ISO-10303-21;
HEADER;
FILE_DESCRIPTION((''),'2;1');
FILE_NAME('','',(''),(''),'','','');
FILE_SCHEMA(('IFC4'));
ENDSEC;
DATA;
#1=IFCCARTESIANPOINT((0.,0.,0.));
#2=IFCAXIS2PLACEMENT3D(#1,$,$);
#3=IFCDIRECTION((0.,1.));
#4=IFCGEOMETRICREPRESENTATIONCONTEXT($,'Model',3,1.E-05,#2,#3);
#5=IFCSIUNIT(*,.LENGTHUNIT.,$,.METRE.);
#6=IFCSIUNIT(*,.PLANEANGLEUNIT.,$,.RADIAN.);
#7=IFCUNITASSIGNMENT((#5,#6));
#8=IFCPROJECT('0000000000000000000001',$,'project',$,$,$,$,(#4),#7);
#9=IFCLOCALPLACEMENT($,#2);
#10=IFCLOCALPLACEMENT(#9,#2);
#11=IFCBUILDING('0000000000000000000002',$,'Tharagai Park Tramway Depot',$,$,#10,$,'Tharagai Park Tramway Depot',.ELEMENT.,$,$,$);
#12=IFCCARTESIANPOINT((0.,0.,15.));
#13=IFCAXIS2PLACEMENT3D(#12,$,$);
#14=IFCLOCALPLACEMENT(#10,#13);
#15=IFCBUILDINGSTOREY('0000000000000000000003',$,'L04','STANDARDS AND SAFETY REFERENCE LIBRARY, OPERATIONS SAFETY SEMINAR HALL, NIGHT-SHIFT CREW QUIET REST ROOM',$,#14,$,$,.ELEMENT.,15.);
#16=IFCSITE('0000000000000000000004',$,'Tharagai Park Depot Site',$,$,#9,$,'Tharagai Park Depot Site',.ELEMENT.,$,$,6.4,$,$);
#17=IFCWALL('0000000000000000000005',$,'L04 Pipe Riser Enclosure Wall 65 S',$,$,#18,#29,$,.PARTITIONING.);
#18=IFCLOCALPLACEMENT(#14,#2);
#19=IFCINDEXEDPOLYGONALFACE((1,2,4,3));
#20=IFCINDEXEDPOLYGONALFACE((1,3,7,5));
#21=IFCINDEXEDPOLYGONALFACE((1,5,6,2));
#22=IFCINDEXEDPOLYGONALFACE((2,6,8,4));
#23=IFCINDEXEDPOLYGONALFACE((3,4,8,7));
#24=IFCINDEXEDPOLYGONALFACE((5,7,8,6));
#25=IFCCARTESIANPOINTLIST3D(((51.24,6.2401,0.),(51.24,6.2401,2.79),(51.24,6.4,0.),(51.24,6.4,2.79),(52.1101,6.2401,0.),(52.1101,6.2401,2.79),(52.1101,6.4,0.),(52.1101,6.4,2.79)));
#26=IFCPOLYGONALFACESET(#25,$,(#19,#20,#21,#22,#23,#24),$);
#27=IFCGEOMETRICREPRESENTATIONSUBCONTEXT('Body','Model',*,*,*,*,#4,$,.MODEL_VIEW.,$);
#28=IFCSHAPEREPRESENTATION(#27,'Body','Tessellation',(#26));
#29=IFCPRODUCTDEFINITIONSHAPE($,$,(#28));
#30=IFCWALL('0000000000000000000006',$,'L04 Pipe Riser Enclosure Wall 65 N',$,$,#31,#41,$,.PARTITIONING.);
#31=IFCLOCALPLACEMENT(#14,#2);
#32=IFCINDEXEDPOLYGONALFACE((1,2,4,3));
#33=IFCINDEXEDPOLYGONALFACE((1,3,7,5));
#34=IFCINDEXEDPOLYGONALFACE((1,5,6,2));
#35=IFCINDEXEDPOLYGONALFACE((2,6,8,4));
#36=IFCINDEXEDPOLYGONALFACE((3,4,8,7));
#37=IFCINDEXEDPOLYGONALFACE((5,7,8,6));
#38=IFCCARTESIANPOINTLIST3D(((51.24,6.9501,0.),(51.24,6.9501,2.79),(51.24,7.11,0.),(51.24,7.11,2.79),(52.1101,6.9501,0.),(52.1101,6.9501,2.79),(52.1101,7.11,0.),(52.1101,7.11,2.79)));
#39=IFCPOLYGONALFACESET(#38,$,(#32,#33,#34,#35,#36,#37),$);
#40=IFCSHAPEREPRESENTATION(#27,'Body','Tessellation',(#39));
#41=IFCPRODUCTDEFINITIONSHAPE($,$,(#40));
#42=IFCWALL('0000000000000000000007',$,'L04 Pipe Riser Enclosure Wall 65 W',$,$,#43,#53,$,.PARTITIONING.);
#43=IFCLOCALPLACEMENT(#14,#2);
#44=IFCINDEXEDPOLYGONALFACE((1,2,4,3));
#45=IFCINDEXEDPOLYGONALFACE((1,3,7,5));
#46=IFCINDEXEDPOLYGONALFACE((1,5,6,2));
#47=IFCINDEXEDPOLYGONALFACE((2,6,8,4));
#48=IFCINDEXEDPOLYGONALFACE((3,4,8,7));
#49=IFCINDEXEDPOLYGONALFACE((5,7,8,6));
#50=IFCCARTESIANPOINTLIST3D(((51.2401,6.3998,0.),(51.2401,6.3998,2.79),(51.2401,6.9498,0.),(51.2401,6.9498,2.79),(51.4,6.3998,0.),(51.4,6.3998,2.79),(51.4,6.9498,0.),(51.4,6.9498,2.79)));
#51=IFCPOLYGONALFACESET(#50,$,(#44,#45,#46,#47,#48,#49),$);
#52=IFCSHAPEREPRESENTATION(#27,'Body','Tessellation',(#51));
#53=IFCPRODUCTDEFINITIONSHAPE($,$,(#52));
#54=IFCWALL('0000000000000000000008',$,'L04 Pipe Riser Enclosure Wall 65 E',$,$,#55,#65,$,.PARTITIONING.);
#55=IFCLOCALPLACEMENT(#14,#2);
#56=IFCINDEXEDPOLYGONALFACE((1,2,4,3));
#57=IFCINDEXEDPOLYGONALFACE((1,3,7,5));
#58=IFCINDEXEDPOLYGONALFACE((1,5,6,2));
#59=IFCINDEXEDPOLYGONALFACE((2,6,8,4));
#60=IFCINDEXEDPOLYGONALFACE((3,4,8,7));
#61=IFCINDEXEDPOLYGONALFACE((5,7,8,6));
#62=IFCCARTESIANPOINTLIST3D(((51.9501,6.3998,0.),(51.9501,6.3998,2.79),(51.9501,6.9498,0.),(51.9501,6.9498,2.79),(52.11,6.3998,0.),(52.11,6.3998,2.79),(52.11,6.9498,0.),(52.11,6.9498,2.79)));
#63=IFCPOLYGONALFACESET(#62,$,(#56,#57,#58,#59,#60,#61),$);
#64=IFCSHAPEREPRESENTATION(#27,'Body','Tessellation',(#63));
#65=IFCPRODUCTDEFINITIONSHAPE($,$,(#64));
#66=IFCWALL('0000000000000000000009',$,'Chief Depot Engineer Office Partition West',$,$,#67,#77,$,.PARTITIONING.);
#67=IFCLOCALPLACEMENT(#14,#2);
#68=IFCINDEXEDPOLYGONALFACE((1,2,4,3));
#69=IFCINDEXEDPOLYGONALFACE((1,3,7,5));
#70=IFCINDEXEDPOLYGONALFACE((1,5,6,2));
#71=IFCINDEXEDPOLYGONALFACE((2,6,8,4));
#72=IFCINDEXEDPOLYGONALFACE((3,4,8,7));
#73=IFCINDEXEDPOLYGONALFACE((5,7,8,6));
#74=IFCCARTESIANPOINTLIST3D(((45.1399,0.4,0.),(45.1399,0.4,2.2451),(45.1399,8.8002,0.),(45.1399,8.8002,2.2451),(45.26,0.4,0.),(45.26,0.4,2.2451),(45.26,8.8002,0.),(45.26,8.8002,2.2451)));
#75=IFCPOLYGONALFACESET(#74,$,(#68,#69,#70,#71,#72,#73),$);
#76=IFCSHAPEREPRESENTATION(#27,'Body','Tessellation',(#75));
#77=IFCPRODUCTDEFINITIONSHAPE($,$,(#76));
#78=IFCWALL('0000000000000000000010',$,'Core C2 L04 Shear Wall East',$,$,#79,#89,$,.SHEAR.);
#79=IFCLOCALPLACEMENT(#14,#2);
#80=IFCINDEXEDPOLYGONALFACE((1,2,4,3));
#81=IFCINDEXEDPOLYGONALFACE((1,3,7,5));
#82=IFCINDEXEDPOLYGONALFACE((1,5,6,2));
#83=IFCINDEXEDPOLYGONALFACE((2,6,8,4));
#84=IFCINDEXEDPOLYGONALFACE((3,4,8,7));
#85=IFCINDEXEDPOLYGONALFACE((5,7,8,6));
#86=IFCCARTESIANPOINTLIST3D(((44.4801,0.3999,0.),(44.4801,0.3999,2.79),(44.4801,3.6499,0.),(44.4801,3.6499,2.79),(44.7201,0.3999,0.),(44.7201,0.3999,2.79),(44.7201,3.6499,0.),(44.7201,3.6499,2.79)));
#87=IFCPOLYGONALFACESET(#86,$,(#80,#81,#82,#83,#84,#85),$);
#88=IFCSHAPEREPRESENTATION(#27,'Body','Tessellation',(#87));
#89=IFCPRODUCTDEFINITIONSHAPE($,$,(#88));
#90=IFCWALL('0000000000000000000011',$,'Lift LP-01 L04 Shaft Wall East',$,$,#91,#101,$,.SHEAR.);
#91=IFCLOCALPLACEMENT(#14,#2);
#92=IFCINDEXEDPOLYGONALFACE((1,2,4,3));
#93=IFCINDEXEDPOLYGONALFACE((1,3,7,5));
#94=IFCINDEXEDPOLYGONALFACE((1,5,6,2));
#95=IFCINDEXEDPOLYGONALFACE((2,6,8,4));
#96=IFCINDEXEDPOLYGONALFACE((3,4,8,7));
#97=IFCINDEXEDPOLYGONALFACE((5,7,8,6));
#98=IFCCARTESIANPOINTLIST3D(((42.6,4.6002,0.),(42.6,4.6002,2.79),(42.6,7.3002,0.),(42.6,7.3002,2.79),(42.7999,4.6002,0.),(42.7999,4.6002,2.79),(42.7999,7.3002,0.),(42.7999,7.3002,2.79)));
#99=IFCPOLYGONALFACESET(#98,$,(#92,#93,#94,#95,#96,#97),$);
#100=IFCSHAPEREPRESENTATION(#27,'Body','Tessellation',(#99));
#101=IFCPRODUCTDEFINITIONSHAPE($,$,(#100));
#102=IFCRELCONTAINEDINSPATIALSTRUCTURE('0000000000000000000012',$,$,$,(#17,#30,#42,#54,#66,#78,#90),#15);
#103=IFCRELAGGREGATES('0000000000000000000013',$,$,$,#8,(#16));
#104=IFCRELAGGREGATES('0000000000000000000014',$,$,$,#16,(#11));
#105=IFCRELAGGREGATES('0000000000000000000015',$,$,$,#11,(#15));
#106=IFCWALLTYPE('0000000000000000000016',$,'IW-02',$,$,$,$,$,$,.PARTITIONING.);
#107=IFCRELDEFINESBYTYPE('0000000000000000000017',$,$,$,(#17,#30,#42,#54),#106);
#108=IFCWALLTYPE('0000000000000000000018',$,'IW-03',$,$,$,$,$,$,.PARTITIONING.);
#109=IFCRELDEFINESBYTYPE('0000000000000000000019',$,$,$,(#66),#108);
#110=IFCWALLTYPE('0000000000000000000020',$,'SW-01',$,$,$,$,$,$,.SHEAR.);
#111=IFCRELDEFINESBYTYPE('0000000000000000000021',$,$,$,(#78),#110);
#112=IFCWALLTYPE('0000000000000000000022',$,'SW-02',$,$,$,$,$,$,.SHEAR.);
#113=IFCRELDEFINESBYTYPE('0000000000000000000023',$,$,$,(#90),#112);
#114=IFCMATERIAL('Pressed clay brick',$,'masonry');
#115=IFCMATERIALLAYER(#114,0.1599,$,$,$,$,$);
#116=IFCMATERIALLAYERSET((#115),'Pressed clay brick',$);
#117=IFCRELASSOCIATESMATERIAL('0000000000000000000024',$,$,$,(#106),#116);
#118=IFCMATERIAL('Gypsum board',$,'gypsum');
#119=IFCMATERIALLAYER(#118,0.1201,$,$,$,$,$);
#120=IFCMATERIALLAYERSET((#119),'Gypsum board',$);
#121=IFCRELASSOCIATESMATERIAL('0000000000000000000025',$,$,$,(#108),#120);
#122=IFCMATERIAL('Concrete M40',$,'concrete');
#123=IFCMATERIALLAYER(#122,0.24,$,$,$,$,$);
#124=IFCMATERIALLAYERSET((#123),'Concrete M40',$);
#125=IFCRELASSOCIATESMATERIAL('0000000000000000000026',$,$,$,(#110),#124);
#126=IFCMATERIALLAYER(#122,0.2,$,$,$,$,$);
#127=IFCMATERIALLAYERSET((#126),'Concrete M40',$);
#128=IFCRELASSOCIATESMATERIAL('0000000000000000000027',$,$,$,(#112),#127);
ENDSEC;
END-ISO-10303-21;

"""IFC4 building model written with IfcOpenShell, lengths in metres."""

from ifc_helpers import new_model, si_unit, direction, frame, frame_2d, origin, place, context, subcontext, project, spatial, rectangle, extrude, material, layer, layer_set, type_object, element, save


model = new_model("IFC4")

# Units and contexts
model_context = context("Model", 3, precision=1e-05, world=origin(), true_north=direction((0.0, 1.0)))
body_context = subcontext(model_context, "Body", "Model", "MODEL_VIEW")
ifc_project = project(units=[si_unit("LENGTHUNIT", "METRE"), si_unit("PLANEANGLEUNIT", "RADIAN")], contexts=[model_context])

# Site, building, storey
site_placement = place(None, origin())
site = spatial("IfcSite", under=ifc_project, at=site_placement, Name="Tharagai Park Depot Site", LongName="Tharagai Park Depot Site", CompositionType="ELEMENT", RefElevation=6.4)
building_placement = place(site_placement, origin())
building = spatial("IfcBuilding", under=site, at=building_placement, Name="Tharagai Park Tramway Depot", LongName="Tharagai Park Tramway Depot", CompositionType="ELEMENT")
storey_placement = place(building_placement, frame((0.0, 0.0, 15.0)))
storey = spatial("IfcBuildingStorey", under=building, at=storey_placement, Name="L04", Description="STANDARDS AND SAFETY REFERENCE LIBRARY, OPERATIONS SAFETY SEMINAR HALL, NIGHT-SHIFT CREW QUIET REST ROOM", CompositionType="ELEMENT", Elevation=15.0)

# Shared definitions
ifc_material_1 = material(Name="Concrete M40", Category="concrete")

# Shared definitions
ifc_material_2 = material(Name="Pressed clay brick", Category="masonry")

# Walls
ifc_layer_1 = layer(ifc_material_2, 0.1599)
ifc_layer_set_1 = layer_set([ifc_layer_1], Name="Pressed clay brick")
wall_type_1 = type_object("IfcWallType", Name="IW-02", PredefinedType="PARTITIONING", material=ifc_layer_set_1)
for number, where, z_axis, x_axis, name in (
    (1, (51.24, 6.3201, 0.0), (0.0, 0.0, 1.0), (1.0, 0.0, 0.0), "L04 Pipe Riser Enclosure Wall 65 S"),
    (2, (51.24, 7.03, 0.0), (0.0, 0.0, 1.0), (1.0, 0.0, 0.0), "L04 Pipe Riser Enclosure Wall 65 N"),
):
    element("IfcWall", number, at=place(storey_placement, frame(where, z_axis=z_axis, x_axis=x_axis)), inside=storey, type_object=wall_type_1, Name=name, PredefinedType="PARTITIONING", context=body_context, shape_type="SweptSolid", body=[
        extrude(rectangle(XDim=0.8701, YDim=0.1599, at=frame_2d((0.4351, 0.0))), origin(), (0.0, 0.0, 1.0), 2.79),
    ])
for number, where, z_axis, x_axis, name in (
    (3, (51.3201, 6.3999, 0.0), (0.0, 0.0, 1.0), (0.0, 1.0, 0.0), "L04 Pipe Riser Enclosure Wall 65 W"),
    (4, (52.03, 6.3999, 0.0), (0.0, 0.0, 1.0), (0.0, 1.0, 0.0), "L04 Pipe Riser Enclosure Wall 65 E"),
):
    element("IfcWall", number, at=place(storey_placement, frame(where, z_axis=z_axis, x_axis=x_axis)), inside=storey, type_object=wall_type_1, Name=name, PredefinedType="PARTITIONING", context=body_context, shape_type="SweptSolid", body=[
        extrude(rectangle(XDim=0.55, YDim=0.1599, at=frame_2d((0.2749, 0.0))), origin(), (0.0, 0.0, 1.0), 2.79),
    ])
ifc_material_3 = material(Name="Gypsum board", Category="gypsum")
ifc_layer_2 = layer(ifc_material_3, 0.1201)
ifc_layer_set_2 = layer_set([ifc_layer_2], Name="Gypsum board")
wall_type_2 = type_object("IfcWallType", Name="IW-03", PredefinedType="PARTITIONING", material=ifc_layer_set_2)
wall_1_placement = place(storey_placement, frame((45.2, 0.3999, 0.0), z_axis=(0.0, 0.0, 1.0), x_axis=(0.0, 1.0, 0.0)))
element("IfcWall", 5, at=wall_1_placement, inside=storey, type_object=wall_type_2, Name="Chief Depot Engineer Office Partition West", PredefinedType="PARTITIONING", context=body_context, shape_type="SweptSolid", body=[
    extrude(rectangle(XDim=8.4001, YDim=0.1201, at=frame_2d((4.2002, 0.0))), origin(), (0.0, 0.0, 1.0), 2.2451),
])
ifc_layer_3 = layer(ifc_material_1, 0.24)
ifc_layer_set_3 = layer_set([ifc_layer_3], Name="Concrete M40")
wall_type_3 = type_object("IfcWallType", Name="SW-01", PredefinedType="SHEAR", material=ifc_layer_set_3)
wall_2_placement = place(storey_placement, frame((44.6001, 0.3999, 0.0), z_axis=(0.0, 0.0, 1.0), x_axis=(0.0, 1.0, 0.0)))
element("IfcWall", 6, at=wall_2_placement, inside=storey, type_object=wall_type_3, Name="Core C2 L04 Shear Wall East", PredefinedType="SHEAR", context=body_context, shape_type="SweptSolid", body=[
    extrude(rectangle(XDim=3.25, YDim=0.24, at=frame_2d((1.625, 0.0))), origin(), (0.0, 0.0, 1.0), 2.79),
])
ifc_layer_4 = layer(ifc_material_1, 0.2)
ifc_layer_set_4 = layer_set([ifc_layer_4], Name="Concrete M40")
wall_type_4 = type_object("IfcWallType", Name="SW-02", PredefinedType="SHEAR", material=ifc_layer_set_4)
wall_3_placement = place(storey_placement, frame((42.7, 4.6001, 0.0), z_axis=(0.0, 0.0, 1.0), x_axis=(0.0, 1.0, 0.0)))
element("IfcWall", 7, at=wall_3_placement, inside=storey, type_object=wall_type_4, Name="Lift LP-01 L04 Shaft Wall East", PredefinedType="SHEAR", context=body_context, shape_type="SweptSolid", body=[
    extrude(rectangle(XDim=2.7, YDim=0.2, at=frame_2d((1.3501, 0.0))), origin(), (0.0, 0.0, 1.0), 2.79),
])

save(model, "model.ifc")
